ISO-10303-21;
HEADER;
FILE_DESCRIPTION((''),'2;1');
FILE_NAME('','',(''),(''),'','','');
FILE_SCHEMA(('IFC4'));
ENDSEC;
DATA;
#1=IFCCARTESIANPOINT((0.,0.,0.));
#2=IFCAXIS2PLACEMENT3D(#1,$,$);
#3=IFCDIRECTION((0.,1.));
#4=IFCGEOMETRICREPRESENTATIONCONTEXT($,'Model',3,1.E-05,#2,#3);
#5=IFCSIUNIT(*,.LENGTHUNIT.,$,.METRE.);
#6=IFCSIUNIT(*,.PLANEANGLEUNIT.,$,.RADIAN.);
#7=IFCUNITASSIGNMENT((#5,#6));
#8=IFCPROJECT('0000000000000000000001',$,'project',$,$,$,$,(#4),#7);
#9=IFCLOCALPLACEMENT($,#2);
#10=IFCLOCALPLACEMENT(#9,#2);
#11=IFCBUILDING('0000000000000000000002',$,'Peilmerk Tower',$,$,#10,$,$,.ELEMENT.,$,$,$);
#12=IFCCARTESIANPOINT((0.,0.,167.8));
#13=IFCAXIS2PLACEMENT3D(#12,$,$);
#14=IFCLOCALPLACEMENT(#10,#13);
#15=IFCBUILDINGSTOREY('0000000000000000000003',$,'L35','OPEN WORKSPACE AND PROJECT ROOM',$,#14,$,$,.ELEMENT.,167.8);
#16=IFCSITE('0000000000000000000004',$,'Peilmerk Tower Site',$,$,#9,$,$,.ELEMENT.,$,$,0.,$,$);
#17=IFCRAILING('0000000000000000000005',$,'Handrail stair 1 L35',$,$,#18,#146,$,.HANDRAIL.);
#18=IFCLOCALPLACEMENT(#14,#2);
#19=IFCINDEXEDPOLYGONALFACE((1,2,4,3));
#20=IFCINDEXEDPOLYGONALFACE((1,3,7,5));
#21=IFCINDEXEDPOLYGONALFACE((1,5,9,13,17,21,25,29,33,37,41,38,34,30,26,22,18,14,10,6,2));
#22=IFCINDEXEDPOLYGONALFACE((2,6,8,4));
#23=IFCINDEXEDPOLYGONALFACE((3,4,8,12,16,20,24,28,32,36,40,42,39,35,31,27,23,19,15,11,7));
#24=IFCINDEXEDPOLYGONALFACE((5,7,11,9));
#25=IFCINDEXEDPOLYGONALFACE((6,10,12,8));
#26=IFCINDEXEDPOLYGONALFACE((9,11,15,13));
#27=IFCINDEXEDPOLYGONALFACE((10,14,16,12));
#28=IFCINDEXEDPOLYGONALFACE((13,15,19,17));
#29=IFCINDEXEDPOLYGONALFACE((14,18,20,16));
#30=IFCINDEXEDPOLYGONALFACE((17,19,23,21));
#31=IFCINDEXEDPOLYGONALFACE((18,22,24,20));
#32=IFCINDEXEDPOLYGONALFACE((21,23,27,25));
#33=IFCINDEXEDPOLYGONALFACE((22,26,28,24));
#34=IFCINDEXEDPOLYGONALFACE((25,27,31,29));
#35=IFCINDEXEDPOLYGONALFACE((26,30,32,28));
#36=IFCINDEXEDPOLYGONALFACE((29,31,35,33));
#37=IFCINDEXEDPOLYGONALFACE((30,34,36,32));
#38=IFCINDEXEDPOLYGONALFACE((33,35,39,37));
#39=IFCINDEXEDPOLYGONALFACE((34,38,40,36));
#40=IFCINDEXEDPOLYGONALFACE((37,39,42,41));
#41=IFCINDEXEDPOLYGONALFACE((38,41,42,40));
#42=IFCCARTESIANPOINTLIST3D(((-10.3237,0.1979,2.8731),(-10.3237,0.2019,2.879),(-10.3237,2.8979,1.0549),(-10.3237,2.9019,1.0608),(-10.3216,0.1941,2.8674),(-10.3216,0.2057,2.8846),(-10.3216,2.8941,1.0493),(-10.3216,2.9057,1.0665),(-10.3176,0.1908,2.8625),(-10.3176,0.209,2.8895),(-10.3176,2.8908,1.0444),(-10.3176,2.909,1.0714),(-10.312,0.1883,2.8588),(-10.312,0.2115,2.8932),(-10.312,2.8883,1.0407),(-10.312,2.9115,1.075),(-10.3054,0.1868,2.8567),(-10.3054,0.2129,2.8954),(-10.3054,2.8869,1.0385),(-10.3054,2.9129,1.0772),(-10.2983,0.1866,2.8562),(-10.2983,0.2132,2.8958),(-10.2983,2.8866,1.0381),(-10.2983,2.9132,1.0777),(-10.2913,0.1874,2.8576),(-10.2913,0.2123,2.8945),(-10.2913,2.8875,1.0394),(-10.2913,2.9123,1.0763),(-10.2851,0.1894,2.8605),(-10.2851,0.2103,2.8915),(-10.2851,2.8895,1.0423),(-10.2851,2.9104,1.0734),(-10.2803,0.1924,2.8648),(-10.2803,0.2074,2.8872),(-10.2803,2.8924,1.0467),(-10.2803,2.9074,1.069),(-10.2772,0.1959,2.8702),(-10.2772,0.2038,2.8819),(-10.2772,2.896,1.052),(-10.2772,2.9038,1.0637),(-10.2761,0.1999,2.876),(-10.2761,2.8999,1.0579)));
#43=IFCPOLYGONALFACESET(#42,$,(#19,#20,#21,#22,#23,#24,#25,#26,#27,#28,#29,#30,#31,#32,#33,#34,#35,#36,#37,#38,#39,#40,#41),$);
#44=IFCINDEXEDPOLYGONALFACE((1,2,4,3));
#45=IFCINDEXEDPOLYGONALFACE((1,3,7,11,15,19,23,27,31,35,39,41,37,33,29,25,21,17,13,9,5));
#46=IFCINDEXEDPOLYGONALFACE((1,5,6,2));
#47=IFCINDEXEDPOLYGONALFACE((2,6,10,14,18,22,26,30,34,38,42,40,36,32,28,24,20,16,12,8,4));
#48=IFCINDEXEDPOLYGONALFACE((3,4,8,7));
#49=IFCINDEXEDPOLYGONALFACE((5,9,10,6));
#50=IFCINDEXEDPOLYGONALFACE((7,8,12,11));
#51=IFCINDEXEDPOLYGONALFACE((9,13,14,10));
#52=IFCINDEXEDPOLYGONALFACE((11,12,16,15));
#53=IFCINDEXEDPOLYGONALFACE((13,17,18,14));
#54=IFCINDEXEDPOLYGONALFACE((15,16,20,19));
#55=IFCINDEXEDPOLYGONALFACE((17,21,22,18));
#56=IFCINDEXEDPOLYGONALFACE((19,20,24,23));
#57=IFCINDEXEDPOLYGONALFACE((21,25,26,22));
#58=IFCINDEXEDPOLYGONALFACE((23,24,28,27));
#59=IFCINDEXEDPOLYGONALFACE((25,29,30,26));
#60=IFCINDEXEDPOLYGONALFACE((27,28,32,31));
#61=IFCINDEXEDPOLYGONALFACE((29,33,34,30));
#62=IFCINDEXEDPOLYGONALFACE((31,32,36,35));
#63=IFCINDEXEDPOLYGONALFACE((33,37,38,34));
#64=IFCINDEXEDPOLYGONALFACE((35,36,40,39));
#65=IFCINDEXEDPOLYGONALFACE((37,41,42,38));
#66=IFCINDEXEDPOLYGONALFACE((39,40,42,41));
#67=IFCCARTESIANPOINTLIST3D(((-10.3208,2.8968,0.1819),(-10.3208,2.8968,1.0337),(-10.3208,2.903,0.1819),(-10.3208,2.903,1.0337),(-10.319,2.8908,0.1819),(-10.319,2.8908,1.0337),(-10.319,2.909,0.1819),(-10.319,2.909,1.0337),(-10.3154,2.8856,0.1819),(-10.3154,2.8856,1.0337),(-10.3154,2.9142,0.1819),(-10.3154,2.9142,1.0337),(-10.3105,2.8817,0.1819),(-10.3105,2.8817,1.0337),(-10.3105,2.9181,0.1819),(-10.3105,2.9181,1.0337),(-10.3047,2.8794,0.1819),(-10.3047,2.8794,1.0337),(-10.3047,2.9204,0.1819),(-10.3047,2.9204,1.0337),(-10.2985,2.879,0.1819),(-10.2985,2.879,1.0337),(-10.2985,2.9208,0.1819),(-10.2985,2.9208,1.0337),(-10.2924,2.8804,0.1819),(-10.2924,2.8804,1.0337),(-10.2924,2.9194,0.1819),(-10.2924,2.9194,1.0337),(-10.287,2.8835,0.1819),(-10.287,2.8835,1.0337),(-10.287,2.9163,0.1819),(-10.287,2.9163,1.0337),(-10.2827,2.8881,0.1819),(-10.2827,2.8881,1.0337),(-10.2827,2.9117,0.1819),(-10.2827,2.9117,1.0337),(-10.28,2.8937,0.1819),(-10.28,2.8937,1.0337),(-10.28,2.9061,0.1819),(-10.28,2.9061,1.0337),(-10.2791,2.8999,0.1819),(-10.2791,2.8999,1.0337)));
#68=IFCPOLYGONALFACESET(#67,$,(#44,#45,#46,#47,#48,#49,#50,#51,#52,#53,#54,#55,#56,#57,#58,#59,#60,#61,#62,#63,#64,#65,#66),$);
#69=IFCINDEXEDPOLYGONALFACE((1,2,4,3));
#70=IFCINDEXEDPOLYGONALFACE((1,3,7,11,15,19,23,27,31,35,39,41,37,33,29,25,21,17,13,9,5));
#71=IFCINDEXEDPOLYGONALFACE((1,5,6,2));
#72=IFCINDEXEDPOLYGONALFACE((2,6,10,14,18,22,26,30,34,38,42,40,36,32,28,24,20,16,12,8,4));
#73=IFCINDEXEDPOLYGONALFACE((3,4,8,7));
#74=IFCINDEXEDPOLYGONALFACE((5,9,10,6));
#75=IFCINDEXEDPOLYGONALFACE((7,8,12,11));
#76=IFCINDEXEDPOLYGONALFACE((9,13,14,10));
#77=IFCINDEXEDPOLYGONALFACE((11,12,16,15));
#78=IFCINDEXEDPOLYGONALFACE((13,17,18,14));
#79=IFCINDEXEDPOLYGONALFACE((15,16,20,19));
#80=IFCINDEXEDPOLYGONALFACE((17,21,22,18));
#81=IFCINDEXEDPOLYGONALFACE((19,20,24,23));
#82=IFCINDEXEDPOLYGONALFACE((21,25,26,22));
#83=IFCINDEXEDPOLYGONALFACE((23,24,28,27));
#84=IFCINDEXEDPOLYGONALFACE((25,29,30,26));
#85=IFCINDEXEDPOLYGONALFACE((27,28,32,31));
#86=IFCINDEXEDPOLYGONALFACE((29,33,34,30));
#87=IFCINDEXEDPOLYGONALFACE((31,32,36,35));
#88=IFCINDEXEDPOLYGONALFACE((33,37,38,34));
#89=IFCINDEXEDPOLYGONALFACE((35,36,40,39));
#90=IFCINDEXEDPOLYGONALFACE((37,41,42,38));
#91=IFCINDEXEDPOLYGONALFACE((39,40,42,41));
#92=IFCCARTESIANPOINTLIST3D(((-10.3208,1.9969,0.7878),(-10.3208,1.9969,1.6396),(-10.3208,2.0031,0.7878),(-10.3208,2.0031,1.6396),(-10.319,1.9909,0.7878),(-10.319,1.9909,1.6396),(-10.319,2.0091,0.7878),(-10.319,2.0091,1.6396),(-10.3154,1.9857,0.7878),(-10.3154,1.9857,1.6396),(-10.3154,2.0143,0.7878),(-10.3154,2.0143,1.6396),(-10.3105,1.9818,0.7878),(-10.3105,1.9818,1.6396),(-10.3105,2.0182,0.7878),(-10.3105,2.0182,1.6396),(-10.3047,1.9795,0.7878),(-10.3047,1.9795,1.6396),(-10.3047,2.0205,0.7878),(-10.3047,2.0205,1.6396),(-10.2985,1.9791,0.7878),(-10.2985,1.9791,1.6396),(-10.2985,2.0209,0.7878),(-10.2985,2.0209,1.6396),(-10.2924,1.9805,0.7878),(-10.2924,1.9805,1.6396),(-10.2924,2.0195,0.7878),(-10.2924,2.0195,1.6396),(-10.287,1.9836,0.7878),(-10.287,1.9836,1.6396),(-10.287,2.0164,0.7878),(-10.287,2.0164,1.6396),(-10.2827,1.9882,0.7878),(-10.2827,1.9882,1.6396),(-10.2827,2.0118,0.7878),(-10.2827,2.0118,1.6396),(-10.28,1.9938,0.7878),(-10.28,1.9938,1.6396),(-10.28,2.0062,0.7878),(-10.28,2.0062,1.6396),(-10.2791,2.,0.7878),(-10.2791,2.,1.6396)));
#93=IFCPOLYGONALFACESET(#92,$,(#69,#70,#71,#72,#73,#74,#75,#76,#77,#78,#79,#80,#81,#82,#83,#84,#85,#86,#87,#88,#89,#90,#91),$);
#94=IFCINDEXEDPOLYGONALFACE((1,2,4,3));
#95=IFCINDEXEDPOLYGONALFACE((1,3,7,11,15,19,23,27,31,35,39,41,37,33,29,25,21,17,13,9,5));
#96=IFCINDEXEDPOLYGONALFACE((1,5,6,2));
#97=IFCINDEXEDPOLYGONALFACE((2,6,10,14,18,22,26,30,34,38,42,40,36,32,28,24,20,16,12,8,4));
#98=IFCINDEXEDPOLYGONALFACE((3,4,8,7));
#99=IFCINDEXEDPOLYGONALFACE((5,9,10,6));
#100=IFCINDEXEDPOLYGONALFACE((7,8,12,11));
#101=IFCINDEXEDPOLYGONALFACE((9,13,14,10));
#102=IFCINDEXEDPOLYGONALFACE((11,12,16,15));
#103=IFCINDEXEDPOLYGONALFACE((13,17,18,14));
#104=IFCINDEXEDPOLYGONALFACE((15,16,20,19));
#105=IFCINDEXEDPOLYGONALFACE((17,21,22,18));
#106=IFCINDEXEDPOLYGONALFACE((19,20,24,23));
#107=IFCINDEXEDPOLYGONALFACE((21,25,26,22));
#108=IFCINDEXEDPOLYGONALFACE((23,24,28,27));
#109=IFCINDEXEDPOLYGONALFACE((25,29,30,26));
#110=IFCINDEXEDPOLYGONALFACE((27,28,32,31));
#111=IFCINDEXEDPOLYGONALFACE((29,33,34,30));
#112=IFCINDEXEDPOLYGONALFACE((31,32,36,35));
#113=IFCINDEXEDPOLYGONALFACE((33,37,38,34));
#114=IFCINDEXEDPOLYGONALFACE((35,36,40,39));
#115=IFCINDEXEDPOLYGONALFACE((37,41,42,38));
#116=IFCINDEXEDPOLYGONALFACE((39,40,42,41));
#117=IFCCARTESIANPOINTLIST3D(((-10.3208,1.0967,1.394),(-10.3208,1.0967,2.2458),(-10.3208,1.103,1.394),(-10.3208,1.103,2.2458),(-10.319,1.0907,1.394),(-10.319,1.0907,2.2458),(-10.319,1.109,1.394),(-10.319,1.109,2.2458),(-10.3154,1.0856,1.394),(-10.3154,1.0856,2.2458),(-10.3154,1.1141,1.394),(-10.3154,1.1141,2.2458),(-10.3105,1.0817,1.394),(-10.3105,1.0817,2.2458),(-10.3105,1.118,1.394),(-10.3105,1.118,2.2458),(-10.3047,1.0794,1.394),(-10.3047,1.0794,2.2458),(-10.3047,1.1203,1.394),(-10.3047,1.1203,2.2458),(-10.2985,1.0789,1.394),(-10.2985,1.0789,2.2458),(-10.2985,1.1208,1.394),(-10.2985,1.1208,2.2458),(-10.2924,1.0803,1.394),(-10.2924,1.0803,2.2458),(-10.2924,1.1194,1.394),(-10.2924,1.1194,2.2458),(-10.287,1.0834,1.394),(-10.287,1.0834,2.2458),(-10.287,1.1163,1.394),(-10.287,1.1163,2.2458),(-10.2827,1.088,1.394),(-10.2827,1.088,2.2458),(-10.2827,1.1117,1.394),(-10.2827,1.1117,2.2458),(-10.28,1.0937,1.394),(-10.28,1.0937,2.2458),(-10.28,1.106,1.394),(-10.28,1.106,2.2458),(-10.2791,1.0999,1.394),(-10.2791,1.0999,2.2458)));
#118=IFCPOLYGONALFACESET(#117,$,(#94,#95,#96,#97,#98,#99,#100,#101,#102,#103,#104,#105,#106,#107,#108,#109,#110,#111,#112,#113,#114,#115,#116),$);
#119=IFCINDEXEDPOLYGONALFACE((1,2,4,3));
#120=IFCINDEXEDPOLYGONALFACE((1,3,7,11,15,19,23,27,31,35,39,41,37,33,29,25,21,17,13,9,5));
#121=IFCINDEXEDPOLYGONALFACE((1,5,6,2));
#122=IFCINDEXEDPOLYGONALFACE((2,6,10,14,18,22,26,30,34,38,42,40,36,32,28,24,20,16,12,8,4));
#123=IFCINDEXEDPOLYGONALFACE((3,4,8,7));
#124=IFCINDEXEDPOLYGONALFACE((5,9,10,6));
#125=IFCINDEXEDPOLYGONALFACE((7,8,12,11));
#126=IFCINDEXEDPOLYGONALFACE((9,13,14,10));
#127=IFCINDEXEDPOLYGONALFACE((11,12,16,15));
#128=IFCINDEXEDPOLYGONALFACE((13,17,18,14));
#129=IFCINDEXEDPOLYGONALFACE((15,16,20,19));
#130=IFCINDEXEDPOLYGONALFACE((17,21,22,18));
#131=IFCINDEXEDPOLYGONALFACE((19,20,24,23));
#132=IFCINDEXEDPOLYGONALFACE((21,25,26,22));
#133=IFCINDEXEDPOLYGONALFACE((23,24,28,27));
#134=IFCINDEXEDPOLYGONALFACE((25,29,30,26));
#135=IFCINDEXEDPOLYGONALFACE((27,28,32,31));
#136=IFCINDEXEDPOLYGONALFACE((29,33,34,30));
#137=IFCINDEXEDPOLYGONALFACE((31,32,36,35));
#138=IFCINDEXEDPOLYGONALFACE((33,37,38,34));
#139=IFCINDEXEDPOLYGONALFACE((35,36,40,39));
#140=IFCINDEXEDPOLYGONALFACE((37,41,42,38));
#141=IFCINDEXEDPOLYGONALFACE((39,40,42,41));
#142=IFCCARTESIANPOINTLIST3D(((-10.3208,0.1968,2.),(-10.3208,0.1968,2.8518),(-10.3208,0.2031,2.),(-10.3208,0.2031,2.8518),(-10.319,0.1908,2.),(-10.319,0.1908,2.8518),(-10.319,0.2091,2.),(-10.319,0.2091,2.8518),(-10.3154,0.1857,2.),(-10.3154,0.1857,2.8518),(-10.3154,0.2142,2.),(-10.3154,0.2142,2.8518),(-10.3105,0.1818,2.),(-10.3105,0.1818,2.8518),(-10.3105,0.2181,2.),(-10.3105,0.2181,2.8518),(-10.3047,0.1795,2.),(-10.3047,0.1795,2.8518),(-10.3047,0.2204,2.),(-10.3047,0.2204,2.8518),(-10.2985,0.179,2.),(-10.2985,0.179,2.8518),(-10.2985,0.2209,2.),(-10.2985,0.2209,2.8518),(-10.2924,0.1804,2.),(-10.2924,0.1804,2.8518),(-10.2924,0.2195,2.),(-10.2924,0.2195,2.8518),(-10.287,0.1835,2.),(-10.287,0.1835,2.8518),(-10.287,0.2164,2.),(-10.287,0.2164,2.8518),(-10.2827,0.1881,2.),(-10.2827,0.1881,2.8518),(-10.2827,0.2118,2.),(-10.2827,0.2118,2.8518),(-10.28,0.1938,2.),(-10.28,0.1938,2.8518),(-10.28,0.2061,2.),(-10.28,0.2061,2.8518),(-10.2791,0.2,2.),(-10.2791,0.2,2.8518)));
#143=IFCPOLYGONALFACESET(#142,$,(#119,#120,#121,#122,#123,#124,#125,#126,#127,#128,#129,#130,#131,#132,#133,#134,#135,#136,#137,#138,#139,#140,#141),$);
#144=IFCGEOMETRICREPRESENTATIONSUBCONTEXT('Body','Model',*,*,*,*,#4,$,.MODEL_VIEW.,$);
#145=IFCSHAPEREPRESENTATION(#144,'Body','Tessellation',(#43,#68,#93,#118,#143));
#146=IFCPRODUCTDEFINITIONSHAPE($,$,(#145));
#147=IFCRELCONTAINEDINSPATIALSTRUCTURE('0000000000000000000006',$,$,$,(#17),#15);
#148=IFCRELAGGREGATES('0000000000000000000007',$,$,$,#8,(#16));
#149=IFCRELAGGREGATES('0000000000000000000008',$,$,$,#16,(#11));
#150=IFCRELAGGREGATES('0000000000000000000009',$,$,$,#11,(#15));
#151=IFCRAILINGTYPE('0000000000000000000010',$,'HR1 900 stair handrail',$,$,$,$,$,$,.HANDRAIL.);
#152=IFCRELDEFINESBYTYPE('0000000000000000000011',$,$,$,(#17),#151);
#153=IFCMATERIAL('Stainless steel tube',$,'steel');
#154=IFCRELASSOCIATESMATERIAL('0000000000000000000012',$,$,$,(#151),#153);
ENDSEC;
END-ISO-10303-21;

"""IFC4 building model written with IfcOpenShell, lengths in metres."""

from ifc_helpers import new_model, si_unit, direction, frame, origin, origin_2d, place, context, subcontext, project, spatial, circle, extrude, material, type_object, element, save


model = new_model("IFC4")

# Units and contexts
model_context = context("Model", 3, precision=1e-05, world=origin(), true_north=direction((0.0, 1.0)))
body_context = subcontext(model_context, "Body", "Model", "MODEL_VIEW")
ifc_project = project(units=[si_unit("LENGTHUNIT", "METRE"), si_unit("PLANEANGLEUNIT", "RADIAN")], contexts=[model_context])

# Site, building, storey
site_placement = place(None, origin())
site = spatial("IfcSite", under=ifc_project, at=site_placement, Name="Peilmerk Tower Site", CompositionType="ELEMENT", RefElevation=0.0)
building_placement = place(site_placement, origin())
building = spatial("IfcBuilding", under=site, at=building_placement, Name="Peilmerk Tower", CompositionType="ELEMENT")
storey_placement = place(building_placement, frame((0.0, 0.0, 167.8)))
storey = spatial("IfcBuildingStorey", under=building, at=storey_placement, Name="L35", Description="OPEN WORKSPACE AND PROJECT ROOM", CompositionType="ELEMENT", Elevation=167.8)

# Railing
ifc_material_1 = material(Name="Stainless steel tube", Category="steel")
railing_type_1 = type_object("IfcRailingType", Name="HR1 900 stair handrail", PredefinedType="HANDRAIL", material=ifc_material_1)
railing_1_placement = place(storey_placement, frame((-10.3, 2.8999, 0.1819)))
element("IfcRailing", 1, at=railing_1_placement, inside=storey, type_object=railing_type_1, Name="Handrail stair 1 L35", PredefinedType="HANDRAIL", context=body_context, shape_type="SweptSolid", body=[
    extrude(circle(Radius=0.0239, at=origin_2d()), frame((0.0, 0.0, 0.876), z_axis=(0.0, -0.829468, 0.558554), x_axis=(1.0, 0.0, 0.0)), (0.0, 0.0, 1.0), 3.2551),
    extrude(circle(Radius=0.021, at=origin_2d()), origin(), (0.0, 0.0, 1.0), 0.8518),
    extrude(circle(Radius=0.021, at=origin_2d()), frame((0.0, -0.8999, 0.606)), (0.0, 0.0, 1.0), 0.8518),
    extrude(circle(Radius=0.021, at=origin_2d()), frame((0.0, -1.8, 1.2122)), (0.0, 0.0, 1.0), 0.8518),
    extrude(circle(Radius=0.021, at=origin_2d()), frame((0.0, -2.7, 1.8181)), (0.0, 0.0, 1.0), 0.8518),
])

save(model, "model.ifc")
